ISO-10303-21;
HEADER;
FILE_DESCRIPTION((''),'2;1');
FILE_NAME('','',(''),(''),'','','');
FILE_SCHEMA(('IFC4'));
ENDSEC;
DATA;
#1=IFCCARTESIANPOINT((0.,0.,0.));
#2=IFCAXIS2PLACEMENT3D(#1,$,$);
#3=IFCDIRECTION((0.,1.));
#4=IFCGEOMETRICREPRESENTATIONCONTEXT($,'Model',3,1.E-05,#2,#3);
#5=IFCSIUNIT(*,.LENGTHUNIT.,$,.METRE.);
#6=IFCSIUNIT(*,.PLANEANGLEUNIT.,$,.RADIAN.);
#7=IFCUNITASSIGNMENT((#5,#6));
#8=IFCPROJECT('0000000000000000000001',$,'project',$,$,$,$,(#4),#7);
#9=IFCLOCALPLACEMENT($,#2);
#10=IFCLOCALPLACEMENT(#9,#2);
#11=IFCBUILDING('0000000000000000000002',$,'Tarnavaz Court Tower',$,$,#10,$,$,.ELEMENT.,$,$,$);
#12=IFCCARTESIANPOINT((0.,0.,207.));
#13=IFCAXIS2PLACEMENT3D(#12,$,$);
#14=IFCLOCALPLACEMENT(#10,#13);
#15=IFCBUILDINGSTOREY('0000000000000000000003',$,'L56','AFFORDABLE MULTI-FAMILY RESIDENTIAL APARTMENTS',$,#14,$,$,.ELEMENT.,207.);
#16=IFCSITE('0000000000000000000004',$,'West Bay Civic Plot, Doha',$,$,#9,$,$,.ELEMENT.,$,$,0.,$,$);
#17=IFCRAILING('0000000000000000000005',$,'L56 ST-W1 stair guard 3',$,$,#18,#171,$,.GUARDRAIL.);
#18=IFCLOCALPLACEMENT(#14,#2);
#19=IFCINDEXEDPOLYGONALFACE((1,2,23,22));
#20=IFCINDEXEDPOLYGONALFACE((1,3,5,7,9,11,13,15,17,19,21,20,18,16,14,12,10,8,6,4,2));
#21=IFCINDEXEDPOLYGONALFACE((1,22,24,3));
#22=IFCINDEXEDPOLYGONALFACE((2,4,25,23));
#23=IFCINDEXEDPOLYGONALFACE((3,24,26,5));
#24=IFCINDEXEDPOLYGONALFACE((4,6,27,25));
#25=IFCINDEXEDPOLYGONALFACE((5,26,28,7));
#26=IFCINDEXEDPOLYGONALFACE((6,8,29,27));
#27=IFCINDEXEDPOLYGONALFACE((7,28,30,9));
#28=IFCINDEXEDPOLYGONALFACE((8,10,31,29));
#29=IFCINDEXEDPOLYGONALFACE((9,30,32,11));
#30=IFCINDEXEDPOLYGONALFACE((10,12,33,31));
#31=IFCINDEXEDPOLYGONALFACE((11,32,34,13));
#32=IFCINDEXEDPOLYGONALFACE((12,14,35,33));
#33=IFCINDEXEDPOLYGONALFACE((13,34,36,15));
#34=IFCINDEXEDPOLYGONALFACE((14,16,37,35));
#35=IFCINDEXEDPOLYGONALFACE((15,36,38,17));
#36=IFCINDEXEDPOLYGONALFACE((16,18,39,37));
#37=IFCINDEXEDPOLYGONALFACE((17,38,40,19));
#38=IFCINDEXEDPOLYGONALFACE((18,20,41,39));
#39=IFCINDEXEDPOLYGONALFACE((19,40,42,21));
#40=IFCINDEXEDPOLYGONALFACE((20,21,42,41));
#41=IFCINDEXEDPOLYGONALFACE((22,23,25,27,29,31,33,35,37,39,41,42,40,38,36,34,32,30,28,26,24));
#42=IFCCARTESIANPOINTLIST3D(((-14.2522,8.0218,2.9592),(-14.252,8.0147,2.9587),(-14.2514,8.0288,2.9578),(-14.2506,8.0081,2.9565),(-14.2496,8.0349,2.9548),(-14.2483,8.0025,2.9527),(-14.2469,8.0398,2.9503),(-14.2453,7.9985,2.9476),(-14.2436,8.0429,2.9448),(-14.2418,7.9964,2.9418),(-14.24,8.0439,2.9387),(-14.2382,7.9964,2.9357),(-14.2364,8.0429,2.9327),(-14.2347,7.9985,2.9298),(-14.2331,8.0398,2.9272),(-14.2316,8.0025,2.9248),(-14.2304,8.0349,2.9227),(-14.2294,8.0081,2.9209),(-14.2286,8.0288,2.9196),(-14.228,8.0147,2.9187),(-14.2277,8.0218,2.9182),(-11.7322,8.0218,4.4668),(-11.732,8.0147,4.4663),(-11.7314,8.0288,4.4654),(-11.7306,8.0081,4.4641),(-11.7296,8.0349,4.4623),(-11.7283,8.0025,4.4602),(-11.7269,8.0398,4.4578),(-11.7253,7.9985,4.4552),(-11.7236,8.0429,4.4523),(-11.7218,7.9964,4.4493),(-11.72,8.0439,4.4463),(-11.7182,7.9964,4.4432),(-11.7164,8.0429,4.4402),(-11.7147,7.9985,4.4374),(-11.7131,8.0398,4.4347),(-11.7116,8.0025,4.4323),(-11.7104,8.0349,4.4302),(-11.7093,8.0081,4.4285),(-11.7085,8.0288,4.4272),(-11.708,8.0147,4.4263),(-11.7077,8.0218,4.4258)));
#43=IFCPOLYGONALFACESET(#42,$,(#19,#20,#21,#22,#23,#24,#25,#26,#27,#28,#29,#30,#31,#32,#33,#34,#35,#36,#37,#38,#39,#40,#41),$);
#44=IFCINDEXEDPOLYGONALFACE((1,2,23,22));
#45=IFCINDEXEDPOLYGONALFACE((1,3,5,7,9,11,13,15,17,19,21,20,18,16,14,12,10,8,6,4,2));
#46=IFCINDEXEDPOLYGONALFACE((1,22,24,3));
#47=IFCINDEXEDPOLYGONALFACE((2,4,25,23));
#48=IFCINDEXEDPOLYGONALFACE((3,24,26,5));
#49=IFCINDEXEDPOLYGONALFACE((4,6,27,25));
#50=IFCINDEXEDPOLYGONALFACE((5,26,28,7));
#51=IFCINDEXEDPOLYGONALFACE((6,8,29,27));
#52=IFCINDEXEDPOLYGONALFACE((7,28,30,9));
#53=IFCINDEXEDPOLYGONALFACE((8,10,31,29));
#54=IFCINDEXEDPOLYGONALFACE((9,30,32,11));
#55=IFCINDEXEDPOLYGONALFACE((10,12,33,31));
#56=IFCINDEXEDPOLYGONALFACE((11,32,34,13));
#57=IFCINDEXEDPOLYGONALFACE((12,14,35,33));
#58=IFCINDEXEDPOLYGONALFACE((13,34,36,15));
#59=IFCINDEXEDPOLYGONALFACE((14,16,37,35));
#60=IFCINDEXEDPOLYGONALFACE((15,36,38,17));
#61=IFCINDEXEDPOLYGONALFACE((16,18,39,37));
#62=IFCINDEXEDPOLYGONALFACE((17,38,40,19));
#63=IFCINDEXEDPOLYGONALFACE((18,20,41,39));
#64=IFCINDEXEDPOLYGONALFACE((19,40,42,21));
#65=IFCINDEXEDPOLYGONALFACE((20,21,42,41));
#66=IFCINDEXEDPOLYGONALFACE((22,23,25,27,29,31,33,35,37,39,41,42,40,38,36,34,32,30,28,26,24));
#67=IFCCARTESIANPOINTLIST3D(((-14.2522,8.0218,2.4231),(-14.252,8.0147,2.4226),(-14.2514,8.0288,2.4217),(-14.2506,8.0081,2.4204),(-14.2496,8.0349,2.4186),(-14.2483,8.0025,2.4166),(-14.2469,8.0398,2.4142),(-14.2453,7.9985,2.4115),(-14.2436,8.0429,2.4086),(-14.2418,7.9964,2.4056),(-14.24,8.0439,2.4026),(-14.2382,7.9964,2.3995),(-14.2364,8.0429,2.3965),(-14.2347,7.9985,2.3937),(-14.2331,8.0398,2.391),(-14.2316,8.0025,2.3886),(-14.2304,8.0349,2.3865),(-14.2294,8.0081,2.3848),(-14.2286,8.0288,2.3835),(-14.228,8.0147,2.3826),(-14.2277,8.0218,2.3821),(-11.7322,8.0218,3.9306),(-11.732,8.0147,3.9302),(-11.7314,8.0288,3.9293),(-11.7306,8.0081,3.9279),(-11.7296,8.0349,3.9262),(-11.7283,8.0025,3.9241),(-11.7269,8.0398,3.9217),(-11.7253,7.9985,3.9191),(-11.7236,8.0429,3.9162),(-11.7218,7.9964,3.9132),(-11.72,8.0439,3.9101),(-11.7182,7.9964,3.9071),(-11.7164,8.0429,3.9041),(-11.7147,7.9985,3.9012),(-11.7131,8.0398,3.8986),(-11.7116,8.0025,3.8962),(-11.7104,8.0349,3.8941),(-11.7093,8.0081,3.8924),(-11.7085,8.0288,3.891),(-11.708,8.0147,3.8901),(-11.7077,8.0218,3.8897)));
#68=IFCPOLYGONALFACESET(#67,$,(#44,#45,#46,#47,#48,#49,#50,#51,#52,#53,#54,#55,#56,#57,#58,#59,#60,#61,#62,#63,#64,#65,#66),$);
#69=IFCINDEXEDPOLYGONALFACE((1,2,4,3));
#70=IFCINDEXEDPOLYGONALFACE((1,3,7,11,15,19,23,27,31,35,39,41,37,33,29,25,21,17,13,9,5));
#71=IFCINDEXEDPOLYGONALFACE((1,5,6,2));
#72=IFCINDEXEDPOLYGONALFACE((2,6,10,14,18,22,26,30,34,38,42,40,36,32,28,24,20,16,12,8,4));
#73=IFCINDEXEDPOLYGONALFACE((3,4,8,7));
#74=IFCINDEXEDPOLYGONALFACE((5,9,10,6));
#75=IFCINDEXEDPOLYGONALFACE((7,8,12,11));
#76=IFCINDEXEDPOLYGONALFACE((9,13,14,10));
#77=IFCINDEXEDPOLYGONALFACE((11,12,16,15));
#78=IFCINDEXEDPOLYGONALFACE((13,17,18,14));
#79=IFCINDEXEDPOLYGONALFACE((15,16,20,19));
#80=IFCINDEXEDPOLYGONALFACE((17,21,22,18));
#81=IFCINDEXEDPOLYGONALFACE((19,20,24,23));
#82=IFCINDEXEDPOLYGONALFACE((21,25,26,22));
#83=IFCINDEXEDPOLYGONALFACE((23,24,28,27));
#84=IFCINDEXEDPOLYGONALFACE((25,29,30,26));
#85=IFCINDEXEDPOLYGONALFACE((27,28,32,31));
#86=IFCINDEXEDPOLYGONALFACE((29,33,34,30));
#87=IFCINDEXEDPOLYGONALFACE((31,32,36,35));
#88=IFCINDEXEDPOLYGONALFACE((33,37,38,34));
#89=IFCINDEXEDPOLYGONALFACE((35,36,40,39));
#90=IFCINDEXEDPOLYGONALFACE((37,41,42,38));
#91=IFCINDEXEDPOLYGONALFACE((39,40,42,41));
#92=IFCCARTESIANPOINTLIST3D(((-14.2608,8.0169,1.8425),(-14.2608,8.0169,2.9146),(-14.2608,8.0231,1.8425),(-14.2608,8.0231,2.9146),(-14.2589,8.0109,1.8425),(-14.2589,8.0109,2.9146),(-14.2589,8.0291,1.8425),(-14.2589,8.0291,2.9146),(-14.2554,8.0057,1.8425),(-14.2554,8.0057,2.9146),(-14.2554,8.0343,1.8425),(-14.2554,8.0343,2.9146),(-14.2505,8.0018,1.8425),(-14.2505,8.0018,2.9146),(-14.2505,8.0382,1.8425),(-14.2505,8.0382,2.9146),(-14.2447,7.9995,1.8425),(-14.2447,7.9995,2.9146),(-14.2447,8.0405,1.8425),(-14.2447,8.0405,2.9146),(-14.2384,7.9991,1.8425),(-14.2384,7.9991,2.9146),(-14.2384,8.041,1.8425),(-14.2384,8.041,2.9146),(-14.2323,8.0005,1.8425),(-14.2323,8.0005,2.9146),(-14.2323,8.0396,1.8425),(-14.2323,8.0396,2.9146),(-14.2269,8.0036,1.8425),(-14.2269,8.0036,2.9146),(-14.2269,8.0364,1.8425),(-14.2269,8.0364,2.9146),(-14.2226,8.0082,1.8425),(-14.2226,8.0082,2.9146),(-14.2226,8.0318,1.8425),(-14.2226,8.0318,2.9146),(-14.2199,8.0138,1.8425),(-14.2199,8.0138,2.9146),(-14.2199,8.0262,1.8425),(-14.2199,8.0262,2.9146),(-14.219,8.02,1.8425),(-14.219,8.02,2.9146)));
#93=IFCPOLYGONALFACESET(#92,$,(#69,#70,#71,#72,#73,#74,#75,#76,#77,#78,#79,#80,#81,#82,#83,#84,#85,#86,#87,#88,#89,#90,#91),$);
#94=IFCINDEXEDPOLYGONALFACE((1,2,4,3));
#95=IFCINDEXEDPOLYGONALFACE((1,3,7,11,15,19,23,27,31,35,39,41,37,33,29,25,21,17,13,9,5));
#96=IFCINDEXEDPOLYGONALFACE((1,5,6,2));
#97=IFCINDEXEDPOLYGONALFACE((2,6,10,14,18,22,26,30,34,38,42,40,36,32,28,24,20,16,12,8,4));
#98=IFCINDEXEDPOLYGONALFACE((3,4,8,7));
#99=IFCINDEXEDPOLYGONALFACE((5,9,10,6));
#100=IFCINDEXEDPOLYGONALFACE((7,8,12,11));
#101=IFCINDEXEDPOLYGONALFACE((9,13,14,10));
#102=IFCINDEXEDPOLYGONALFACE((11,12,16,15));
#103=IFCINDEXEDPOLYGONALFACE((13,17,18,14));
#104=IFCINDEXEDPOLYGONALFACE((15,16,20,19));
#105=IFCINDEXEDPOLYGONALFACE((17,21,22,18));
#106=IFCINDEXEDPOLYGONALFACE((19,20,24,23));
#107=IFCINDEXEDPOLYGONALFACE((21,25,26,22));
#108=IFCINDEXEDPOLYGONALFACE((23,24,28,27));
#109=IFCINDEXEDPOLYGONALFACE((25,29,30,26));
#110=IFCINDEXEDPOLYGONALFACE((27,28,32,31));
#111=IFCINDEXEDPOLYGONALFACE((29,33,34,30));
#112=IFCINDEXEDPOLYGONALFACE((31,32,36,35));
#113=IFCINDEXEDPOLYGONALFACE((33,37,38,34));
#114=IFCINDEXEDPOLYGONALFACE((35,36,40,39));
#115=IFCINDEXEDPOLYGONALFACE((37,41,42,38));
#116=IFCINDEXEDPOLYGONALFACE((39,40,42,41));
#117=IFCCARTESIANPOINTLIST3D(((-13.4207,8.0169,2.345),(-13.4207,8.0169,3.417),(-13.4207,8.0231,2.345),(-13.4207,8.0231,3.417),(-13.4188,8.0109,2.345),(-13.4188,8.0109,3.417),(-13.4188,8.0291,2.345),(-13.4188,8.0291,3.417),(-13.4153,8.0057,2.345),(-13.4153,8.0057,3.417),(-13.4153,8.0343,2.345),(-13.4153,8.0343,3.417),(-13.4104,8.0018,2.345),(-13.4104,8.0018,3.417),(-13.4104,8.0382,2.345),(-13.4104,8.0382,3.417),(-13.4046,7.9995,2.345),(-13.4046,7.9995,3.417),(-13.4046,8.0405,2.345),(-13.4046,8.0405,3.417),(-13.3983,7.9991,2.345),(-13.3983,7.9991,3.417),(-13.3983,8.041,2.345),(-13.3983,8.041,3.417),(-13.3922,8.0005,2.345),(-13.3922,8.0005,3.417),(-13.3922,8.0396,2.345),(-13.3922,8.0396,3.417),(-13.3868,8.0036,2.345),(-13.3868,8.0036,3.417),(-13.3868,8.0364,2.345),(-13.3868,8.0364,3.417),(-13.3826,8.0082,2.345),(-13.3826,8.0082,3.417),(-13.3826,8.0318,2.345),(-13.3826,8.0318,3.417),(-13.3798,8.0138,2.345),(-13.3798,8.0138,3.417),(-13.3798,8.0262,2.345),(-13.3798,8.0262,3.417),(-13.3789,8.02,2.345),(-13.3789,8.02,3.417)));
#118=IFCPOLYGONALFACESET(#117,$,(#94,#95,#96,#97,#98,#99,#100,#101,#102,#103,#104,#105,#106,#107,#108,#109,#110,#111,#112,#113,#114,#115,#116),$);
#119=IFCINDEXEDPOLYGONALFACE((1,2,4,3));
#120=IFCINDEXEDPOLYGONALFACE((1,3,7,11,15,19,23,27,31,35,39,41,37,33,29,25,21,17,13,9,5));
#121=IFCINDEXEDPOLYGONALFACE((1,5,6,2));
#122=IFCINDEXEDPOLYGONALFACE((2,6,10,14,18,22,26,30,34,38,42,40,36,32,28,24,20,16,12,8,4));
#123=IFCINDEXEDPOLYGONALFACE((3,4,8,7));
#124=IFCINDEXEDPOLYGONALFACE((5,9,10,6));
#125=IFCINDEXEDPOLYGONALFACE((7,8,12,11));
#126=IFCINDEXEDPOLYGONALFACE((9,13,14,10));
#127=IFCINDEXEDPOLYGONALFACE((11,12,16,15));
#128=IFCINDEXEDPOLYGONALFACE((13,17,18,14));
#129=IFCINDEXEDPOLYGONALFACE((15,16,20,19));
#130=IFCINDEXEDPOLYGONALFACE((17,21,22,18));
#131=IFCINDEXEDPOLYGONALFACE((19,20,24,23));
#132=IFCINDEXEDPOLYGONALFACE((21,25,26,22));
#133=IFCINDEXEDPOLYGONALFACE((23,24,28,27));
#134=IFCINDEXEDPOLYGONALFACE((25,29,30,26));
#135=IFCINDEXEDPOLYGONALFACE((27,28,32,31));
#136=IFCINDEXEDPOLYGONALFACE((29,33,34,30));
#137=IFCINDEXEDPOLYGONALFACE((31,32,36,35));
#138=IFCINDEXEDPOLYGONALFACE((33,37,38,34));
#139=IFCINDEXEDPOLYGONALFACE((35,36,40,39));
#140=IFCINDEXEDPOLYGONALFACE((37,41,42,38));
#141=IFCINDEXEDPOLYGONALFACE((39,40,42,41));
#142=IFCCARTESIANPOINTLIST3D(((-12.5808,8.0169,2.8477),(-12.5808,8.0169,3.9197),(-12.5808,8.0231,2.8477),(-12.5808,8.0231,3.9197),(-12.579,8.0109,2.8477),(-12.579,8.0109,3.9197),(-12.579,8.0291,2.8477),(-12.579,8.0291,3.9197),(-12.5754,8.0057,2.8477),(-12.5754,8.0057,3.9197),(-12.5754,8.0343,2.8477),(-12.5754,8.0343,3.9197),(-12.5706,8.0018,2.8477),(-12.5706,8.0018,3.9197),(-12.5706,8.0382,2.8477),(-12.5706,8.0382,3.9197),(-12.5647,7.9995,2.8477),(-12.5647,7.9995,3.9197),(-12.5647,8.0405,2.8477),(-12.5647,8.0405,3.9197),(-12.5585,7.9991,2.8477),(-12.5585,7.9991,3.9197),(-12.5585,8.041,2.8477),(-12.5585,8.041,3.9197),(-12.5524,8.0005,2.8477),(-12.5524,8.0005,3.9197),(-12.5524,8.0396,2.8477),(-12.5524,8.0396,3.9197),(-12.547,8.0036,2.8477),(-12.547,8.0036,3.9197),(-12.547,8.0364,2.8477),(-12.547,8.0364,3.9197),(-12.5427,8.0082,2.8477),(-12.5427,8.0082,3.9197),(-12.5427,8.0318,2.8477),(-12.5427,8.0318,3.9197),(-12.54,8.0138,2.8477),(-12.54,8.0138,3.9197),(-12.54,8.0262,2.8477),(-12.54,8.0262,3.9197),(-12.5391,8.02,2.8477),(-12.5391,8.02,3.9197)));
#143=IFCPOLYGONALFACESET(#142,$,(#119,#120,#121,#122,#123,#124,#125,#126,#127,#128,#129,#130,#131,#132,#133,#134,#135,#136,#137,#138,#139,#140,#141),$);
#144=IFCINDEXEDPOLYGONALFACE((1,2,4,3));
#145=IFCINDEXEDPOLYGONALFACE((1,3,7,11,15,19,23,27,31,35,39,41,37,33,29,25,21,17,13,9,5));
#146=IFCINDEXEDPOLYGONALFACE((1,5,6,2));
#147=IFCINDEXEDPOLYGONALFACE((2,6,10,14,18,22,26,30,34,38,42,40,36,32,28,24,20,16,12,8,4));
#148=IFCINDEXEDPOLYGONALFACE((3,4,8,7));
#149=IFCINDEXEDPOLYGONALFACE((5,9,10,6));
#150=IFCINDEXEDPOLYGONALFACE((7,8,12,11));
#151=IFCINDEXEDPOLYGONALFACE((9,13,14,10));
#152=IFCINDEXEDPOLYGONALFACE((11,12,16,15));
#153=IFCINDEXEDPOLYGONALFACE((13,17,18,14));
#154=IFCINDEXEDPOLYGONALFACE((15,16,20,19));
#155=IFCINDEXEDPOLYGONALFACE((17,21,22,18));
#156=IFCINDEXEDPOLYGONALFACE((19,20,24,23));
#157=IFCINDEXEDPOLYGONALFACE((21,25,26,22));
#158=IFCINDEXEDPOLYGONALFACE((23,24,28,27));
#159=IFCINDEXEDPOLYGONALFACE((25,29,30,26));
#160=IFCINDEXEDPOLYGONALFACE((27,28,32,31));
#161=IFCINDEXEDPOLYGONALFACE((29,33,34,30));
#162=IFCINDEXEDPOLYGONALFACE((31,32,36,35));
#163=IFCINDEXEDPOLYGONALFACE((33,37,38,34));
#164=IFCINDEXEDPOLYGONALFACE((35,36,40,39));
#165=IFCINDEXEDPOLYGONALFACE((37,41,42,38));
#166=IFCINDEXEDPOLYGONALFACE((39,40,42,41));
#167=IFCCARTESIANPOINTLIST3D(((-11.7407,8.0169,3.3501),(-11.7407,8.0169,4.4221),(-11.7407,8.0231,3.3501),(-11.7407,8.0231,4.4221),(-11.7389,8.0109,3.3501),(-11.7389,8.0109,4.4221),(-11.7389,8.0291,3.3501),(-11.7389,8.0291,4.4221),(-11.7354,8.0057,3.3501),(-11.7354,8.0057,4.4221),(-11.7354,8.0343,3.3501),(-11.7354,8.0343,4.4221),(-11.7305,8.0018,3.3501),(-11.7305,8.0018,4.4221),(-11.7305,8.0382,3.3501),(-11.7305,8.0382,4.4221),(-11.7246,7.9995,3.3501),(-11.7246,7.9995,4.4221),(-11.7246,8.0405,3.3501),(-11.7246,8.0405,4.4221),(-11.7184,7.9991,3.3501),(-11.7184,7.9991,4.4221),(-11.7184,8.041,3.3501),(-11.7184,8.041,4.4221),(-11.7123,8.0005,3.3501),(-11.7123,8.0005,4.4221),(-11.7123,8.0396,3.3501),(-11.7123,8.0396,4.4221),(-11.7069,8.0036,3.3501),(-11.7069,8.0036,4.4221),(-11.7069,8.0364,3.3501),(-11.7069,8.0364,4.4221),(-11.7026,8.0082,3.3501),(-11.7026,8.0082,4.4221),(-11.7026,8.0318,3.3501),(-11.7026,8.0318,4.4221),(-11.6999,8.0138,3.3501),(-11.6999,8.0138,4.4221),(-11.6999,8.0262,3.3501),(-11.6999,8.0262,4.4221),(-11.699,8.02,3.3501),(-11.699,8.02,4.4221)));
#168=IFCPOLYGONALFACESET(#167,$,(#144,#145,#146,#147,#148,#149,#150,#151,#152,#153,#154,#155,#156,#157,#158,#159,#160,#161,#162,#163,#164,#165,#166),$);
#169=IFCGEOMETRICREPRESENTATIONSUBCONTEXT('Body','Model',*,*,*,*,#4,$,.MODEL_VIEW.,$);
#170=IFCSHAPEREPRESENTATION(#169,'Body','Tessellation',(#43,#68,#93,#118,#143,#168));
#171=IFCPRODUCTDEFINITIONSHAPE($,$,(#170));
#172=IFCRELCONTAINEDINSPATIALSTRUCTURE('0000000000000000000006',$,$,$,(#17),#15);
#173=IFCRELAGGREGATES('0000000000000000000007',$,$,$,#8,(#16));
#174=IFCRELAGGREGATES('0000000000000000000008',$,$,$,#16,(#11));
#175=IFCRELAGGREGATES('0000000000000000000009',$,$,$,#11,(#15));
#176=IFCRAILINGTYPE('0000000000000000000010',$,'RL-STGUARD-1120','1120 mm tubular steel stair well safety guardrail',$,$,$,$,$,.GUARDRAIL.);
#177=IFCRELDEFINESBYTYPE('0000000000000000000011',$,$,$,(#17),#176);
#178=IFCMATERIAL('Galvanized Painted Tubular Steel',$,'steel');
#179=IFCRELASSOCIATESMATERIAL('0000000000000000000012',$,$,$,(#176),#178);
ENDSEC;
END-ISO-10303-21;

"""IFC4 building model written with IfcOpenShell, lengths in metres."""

from ifc_helpers import new_model, si_unit, direction, frame, origin, origin_2d, place, context, subcontext, project, spatial, circle, extrude, material, type_object, element, save


model = new_model("IFC4")

# Units and contexts
model_context = context("Model", 3, precision=1e-05, world=origin(), true_north=direction((0.0, 1.0)))
body_context = subcontext(model_context, "Body", "Model", "MODEL_VIEW")
ifc_project = project(units=[si_unit("LENGTHUNIT", "METRE"), si_unit("PLANEANGLEUNIT", "RADIAN")], contexts=[model_context])

# Site, building, storey
site_placement = place(None, origin())
site = spatial("IfcSite", under=ifc_project, at=site_placement, Name="West Bay Civic Plot, Doha", CompositionType="ELEMENT", RefElevation=0.0)
building_placement = place(site_placement, origin())
building = spatial("IfcBuilding", under=site, at=building_placement, Name="Tarnavaz Court Tower", CompositionType="ELEMENT")
storey_placement = place(building_placement, frame((0.0, 0.0, 207.0)))
storey = spatial("IfcBuildingStorey", under=building, at=storey_placement, Name="L56", Description="AFFORDABLE MULTI-FAMILY RESIDENTIAL APARTMENTS", CompositionType="ELEMENT", Elevation=207.0)

# Railing
ifc_material_1 = material(Name="Galvanized Painted Tubular Steel", Category="steel")
railing_type_1 = type_object("IfcRailingType", Name="RL-STGUARD-1120", Description="1120 mm tubular steel stair well safety guardrail", PredefinedType="GUARDRAIL", material=ifc_material_1)
railing_1_placement = place(storey_placement, frame((-14.24, 8.02, 1.8425)))
element("IfcRailing", 1, at=railing_1_placement, inside=storey, type_object=railing_type_1, Name="L56 ST-W1 stair guard 3", PredefinedType="GUARDRAIL", context=body_context, shape_type="SweptSolid", body=[
    extrude(circle(Radius=0.0239, at=origin_2d()), frame((0.0, 0.0, 1.0962), z_axis=(0.85816, 0.0, 0.513383), x_axis=(0.0, 1.0, 0.0)), (0.0, 0.0, 1.0), 2.9365),
    extrude(circle(Radius=0.0239, at=origin_2d()), frame((0.0, 0.0, 0.5601), z_axis=(0.85816, 0.0, 0.513383), x_axis=(0.0, 1.0, 0.0)), (0.0, 0.0, 1.0), 2.9365),
    extrude(circle(Radius=0.021, at=origin_2d()), origin(), (0.0, 0.0, 1.0), 1.072),
    extrude(circle(Radius=0.021, at=origin_2d()), frame((0.8401, 0.0, 0.5024)), (0.0, 0.0, 1.0), 1.072),
    extrude(circle(Radius=0.021, at=origin_2d()), frame((1.6799, 0.0, 1.0051)), (0.0, 0.0, 1.0), 1.072),
    extrude(circle(Radius=0.021, at=origin_2d()), frame((2.52, 0.0, 1.5076)), (0.0, 0.0, 1.0), 1.072),
])

save(model, "model.ifc")
